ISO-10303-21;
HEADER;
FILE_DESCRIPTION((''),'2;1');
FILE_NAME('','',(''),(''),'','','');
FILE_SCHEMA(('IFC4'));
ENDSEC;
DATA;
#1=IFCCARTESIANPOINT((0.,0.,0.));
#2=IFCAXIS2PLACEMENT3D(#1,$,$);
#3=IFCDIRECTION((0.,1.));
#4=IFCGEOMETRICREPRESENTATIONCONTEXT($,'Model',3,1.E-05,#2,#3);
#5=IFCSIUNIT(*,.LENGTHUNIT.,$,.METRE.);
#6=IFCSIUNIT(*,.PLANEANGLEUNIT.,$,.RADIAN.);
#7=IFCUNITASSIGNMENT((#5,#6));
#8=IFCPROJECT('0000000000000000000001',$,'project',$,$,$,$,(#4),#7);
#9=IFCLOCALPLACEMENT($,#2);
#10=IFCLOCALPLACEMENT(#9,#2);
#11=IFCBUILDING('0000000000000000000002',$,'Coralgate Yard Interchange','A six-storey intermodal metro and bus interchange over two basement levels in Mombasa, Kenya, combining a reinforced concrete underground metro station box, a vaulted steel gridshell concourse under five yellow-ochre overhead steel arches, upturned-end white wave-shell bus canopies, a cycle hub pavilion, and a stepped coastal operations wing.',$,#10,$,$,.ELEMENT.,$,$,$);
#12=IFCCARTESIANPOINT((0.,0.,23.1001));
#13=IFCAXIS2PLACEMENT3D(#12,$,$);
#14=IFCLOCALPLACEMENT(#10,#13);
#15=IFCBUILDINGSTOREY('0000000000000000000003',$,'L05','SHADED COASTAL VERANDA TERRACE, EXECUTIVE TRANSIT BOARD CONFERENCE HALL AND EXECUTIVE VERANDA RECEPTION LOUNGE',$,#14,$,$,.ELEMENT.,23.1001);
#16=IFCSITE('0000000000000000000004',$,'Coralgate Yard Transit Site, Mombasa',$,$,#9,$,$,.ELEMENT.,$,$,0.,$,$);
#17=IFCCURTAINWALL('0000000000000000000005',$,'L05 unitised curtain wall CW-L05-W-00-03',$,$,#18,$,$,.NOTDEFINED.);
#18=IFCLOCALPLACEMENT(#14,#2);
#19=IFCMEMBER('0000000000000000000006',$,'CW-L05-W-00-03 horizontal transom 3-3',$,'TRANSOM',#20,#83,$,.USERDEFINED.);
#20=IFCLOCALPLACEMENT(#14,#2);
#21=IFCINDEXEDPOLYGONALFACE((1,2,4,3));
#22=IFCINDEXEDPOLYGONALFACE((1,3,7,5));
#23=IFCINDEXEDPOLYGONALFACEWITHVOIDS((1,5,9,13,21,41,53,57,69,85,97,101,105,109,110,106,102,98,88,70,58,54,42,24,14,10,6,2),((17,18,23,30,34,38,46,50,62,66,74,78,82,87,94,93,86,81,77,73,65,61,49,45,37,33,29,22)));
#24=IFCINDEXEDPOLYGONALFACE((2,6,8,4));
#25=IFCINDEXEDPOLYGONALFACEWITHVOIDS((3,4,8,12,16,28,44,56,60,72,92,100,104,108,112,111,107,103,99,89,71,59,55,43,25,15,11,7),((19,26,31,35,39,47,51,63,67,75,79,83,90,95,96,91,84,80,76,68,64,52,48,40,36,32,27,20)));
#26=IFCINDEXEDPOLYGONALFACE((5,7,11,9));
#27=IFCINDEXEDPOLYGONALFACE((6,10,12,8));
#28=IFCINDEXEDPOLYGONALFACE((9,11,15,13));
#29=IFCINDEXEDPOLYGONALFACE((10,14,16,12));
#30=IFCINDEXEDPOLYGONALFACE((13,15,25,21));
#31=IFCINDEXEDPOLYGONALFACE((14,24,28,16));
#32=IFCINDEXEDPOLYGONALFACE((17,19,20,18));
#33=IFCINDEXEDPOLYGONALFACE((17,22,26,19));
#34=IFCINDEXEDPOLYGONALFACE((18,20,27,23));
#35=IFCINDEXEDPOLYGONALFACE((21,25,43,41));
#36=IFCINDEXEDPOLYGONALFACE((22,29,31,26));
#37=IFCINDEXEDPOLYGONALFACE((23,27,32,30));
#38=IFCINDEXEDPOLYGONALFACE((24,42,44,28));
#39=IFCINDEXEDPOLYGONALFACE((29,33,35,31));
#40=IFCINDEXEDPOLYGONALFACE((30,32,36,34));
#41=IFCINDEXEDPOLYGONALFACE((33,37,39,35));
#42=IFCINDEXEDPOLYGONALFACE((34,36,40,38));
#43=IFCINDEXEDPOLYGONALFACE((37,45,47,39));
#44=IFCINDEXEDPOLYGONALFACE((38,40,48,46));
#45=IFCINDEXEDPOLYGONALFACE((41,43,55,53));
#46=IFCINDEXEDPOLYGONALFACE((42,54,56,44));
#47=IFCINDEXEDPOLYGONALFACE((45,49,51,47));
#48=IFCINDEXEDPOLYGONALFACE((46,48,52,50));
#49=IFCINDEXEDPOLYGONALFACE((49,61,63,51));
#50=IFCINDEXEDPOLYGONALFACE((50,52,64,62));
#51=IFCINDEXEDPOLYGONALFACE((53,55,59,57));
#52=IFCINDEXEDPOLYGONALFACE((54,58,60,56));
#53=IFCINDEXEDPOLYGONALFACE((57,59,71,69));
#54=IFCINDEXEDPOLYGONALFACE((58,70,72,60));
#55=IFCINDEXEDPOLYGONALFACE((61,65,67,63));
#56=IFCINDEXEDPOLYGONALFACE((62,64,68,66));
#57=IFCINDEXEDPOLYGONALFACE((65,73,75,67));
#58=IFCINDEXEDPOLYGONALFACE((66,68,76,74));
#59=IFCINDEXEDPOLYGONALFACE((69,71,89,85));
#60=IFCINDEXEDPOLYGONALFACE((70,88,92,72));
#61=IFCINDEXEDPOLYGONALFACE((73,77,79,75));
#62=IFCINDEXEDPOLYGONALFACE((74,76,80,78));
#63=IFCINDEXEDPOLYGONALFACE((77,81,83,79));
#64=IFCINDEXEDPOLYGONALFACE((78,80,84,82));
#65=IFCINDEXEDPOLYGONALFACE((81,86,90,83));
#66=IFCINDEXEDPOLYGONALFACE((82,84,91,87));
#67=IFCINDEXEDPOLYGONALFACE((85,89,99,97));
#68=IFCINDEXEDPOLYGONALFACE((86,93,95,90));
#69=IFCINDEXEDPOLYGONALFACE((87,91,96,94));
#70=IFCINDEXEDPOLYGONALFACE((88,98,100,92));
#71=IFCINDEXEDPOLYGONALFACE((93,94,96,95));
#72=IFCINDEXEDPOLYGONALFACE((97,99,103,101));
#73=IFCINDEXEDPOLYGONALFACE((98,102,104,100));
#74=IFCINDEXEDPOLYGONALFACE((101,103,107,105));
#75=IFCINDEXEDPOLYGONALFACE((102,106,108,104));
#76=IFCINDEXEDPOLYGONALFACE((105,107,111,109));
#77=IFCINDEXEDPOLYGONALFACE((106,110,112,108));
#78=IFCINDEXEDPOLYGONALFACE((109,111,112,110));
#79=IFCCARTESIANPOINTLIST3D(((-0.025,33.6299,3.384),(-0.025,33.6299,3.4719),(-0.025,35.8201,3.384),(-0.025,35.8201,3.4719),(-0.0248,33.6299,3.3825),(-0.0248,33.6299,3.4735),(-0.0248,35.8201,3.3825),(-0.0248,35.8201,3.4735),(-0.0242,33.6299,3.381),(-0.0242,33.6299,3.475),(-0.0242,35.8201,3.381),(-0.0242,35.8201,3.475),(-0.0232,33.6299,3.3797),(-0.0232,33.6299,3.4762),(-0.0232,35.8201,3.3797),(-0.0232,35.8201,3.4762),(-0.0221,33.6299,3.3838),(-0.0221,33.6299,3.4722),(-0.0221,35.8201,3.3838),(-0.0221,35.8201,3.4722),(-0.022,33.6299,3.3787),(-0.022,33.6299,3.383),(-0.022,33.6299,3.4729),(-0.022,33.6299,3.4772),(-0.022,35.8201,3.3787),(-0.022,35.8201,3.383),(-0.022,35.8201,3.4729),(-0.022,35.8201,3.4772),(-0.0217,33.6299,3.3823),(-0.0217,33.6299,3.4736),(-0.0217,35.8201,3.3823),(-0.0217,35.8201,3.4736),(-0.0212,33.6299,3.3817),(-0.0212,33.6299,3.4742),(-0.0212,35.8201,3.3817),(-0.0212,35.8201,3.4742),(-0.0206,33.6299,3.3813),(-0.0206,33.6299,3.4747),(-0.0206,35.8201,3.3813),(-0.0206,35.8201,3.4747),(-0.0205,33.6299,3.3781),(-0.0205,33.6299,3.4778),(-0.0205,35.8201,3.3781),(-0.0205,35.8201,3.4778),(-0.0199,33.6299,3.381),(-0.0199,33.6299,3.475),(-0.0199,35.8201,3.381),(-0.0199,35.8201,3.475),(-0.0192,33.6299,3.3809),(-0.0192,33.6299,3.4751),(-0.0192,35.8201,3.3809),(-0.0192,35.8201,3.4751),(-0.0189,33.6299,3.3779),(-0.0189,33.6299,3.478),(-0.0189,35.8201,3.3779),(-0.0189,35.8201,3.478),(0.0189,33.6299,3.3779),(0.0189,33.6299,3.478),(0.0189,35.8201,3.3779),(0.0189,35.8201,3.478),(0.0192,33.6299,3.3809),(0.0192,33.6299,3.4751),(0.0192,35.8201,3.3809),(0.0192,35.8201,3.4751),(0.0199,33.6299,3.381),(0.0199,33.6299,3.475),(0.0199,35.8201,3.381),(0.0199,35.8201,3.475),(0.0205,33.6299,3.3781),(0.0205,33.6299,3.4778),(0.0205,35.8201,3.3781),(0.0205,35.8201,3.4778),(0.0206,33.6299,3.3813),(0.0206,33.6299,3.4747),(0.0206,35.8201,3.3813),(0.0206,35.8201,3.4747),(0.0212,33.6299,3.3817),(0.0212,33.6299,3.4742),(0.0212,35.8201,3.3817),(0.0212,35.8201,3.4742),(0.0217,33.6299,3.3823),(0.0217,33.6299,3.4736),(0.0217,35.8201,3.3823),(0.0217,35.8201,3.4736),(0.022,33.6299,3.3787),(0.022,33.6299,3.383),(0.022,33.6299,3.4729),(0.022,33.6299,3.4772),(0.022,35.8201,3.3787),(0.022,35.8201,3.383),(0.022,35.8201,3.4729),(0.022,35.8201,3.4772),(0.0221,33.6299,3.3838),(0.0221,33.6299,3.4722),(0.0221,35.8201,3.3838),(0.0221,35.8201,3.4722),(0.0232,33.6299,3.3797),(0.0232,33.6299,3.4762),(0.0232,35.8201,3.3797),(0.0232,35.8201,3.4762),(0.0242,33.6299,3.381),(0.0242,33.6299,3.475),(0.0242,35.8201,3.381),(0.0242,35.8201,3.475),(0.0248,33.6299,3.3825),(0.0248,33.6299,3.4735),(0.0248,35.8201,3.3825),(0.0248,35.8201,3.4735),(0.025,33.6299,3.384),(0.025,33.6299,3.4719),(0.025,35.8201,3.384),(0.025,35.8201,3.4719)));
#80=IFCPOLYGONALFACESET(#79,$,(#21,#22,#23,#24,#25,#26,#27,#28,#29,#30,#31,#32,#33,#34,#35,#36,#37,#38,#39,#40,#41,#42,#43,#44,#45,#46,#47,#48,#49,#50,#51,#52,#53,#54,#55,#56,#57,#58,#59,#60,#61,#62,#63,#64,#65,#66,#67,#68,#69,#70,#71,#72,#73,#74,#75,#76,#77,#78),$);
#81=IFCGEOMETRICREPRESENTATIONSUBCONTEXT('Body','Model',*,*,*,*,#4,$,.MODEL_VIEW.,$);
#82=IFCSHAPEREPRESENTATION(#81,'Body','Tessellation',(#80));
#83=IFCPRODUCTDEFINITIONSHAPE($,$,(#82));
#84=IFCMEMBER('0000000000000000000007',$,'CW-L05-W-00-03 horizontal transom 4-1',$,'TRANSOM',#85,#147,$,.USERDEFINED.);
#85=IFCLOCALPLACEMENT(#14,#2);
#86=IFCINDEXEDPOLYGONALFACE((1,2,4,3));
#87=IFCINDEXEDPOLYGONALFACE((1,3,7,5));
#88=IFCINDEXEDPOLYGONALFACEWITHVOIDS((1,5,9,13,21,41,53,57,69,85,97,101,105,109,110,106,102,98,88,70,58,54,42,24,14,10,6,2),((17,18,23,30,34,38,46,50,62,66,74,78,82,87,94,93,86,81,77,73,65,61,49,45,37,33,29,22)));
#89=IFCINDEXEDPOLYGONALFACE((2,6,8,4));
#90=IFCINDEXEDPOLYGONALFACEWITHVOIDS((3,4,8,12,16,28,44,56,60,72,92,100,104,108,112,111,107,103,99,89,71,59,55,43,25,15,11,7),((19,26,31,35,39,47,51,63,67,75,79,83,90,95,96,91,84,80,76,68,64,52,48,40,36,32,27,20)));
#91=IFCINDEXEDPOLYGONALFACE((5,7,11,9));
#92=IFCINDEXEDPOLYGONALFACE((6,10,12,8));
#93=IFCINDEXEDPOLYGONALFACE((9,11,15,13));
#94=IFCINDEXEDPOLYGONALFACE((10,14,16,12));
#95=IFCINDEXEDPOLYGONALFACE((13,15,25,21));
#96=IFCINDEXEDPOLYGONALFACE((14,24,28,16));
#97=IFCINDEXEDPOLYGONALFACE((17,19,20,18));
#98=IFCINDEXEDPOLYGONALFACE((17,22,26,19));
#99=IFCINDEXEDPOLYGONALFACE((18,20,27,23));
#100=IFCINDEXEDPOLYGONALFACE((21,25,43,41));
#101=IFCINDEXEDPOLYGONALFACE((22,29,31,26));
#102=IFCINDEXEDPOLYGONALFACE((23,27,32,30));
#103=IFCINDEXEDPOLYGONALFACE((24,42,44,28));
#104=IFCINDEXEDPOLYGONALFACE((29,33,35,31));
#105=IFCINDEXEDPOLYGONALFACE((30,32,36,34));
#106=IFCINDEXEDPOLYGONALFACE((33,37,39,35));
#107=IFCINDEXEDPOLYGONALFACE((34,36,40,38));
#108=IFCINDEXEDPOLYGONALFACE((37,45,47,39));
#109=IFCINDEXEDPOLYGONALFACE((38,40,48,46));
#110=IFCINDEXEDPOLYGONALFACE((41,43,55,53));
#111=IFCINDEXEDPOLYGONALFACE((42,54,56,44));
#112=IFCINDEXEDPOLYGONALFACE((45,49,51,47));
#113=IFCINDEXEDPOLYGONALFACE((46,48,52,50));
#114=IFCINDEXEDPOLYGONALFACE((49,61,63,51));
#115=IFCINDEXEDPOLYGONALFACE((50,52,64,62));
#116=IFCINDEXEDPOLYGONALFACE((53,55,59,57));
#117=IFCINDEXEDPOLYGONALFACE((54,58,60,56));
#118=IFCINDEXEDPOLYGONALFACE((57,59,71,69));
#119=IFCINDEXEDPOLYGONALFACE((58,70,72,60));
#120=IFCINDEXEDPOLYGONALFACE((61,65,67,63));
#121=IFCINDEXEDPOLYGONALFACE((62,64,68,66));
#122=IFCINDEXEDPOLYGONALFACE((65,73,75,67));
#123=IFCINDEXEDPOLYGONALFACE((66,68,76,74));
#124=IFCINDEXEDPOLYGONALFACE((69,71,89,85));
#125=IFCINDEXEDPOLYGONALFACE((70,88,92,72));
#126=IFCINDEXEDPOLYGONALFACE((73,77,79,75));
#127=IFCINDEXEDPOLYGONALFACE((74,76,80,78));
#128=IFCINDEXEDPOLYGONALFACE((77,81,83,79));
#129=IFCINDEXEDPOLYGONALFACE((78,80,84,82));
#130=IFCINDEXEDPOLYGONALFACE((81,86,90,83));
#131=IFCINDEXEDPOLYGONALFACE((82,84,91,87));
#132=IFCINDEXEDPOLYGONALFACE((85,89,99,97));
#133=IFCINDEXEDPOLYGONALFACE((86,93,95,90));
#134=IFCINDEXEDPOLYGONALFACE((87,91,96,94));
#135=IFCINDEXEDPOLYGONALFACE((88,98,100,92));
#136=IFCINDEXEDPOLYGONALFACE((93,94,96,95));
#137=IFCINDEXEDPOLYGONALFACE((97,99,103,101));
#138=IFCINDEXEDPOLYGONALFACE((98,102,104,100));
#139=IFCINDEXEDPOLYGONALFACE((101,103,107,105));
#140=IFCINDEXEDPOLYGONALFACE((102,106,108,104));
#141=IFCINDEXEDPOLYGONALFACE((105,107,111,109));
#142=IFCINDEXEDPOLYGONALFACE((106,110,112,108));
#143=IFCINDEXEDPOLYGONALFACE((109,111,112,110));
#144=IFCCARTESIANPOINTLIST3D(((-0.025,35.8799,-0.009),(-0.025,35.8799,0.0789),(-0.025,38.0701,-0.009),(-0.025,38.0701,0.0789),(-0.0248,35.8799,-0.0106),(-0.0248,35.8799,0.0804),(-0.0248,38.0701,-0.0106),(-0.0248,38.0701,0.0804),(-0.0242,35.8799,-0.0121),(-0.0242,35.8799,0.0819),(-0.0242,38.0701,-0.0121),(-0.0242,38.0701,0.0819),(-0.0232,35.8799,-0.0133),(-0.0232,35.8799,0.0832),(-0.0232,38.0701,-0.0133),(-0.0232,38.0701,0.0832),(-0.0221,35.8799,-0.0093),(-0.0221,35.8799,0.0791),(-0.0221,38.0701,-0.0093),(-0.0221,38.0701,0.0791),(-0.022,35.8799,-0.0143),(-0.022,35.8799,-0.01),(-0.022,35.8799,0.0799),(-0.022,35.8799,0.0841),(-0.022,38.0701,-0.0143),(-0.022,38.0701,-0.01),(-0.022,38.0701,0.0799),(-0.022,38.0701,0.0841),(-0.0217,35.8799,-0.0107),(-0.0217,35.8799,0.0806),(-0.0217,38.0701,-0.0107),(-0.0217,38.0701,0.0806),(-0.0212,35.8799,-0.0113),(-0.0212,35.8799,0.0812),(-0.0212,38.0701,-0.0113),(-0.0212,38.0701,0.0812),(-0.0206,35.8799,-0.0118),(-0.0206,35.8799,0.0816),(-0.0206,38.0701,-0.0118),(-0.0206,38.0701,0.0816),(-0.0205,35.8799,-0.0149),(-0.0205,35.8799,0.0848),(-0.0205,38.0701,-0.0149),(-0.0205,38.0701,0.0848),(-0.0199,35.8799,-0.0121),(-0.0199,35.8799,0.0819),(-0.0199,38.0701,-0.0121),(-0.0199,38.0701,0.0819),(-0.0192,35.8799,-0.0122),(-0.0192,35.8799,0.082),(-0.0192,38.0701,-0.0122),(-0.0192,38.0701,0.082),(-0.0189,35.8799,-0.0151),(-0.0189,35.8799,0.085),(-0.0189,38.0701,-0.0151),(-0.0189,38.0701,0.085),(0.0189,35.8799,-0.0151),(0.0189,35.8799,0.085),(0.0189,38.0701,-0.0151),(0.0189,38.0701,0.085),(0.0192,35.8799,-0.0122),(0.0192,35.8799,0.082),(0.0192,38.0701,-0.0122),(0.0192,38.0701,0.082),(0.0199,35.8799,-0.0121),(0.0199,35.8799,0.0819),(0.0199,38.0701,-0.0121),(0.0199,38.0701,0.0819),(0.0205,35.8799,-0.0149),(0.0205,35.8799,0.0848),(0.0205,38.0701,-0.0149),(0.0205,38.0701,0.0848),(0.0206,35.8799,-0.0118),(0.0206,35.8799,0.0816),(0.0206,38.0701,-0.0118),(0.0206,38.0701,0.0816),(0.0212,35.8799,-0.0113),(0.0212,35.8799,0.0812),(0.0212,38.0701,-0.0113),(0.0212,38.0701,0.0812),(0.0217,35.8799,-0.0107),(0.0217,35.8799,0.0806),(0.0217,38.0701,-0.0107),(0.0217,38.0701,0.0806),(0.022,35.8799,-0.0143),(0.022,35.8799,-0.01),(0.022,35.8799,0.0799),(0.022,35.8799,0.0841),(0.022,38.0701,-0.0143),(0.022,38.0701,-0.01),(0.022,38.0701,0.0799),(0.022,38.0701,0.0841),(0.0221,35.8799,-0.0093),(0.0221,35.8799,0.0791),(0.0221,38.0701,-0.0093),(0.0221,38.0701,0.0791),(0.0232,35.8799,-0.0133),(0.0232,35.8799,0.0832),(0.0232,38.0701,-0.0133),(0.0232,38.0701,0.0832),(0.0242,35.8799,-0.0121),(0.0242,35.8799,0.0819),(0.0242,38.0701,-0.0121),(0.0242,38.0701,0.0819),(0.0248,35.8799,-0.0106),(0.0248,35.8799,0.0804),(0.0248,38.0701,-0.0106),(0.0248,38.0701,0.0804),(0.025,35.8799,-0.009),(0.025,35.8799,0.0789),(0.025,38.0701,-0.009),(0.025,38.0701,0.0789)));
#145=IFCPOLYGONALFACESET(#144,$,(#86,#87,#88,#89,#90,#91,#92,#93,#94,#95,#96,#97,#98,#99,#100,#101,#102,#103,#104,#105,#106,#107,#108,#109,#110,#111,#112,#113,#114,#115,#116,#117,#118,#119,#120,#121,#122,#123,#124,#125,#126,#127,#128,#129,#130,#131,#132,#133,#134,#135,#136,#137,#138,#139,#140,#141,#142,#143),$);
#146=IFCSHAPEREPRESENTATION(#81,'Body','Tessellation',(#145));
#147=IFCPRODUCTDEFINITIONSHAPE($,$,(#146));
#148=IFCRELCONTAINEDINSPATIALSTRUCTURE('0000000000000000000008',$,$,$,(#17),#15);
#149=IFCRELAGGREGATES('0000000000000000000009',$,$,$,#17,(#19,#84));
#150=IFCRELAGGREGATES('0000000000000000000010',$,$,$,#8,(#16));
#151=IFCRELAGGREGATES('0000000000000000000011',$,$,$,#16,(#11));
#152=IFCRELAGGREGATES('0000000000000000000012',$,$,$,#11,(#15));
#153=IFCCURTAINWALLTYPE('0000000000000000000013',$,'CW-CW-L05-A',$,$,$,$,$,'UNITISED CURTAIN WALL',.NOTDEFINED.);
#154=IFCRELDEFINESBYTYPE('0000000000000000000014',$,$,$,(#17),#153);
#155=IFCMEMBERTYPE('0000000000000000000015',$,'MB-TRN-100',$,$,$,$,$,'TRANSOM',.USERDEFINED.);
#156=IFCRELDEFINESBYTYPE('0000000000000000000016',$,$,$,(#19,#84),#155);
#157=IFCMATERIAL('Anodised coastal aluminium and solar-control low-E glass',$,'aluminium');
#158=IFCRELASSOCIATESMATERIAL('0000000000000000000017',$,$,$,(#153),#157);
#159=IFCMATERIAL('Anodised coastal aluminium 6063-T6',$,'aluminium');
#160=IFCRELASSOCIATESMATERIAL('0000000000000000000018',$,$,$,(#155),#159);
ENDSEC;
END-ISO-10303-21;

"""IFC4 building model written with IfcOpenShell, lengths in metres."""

from ifc_helpers import new_model, si_unit, direction, frame, origin, origin_2d, place, context, subcontext, project, spatial, hollow_rectangle, extrude, material, material_profile, profile_set, type_object, element, aggregate, save


model = new_model("IFC4")

# Units and contexts
model_context = context("Model", 3, precision=1e-05, world=origin(), true_north=direction((0.0, 1.0)))
body_context = subcontext(model_context, "Body", "Model", "MODEL_VIEW")
ifc_project = project(units=[si_unit("LENGTHUNIT", "METRE"), si_unit("PLANEANGLEUNIT", "RADIAN")], contexts=[model_context])

# Site, building, storey
site_placement = place(None, origin())
site = spatial("IfcSite", under=ifc_project, at=site_placement, Name="Coralgate Yard Transit Site, Mombasa", CompositionType="ELEMENT", RefElevation=0.0)
building_placement = place(site_placement, origin())
building = spatial("IfcBuilding", under=site, at=building_placement, Name="Coralgate Yard Interchange", Description="A six-storey intermodal metro and bus interchange over two basement levels in Mombasa, Kenya, combining a reinforced concrete underground metro station box, a vaulted steel gridshell concourse under five yellow-ochre overhead steel arches, upturned-end white wave-shell bus canopies, a cycle hub pavilion, and a stepped coastal operations wing.", CompositionType="ELEMENT")
storey_placement = place(building_placement, frame((0.0, 0.0, 23.1001)))
storey = spatial("IfcBuildingStorey", under=building, at=storey_placement, Name="L05", Description="SHADED COASTAL VERANDA TERRACE, EXECUTIVE TRANSIT BOARD CONFERENCE HALL AND EXECUTIVE VERANDA RECEPTION LOUNGE", CompositionType="ELEMENT", Elevation=23.1001)

# Curtain wall
ifc_material_1 = material(Name="Anodised coastal aluminium and solar-control low-E glass", Category="aluminium")
curtain_wall_type = type_object("IfcCurtainWallType", Name="CW-CW-L05-A", ElementType="UNITISED CURTAIN WALL", PredefinedType="NOTDEFINED", material=ifc_material_1)
curtain_wall_1_placement = place(storey_placement, origin())
curtain_wall_1 = element("IfcCurtainWall", 1, at=curtain_wall_1_placement, inside=storey, type_object=curtain_wall_type, Name="L05 unitised curtain wall CW-L05-W-00-03", PredefinedType="NOTDEFINED")
ifc_material_2 = material(Name="Anodised coastal aluminium 6063-T6", Category="aluminium")

# Members
ifc_material_profile_1 = material_profile(ifc_material_2, hollow_rectangle(XDim=0.05, YDim=0.1001, WallThickness=0.0029, InnerFilletRadius=0.0029, OuterFilletRadius=0.0061, at=origin_2d()), Name="ALU 50x100x3")
ifc_profile_set_1 = profile_set([ifc_material_profile_1], Name="Anodised coastal aluminium 6063-T6")
member_type_1 = type_object("IfcMemberType", Name="MB-TRN-100", ElementType="TRANSOM", PredefinedType="USERDEFINED", material=ifc_profile_set_1)
member_1_placement = place(storey_placement, frame((0.0, 33.6299, 3.428), z_axis=(0.0, 1.0, 0.0), x_axis=(-1.0, 0.0, 0.0)))
member_1 = element("IfcMember", 2, at=member_1_placement, type_object=member_type_1, Name="CW-L05-W-00-03 horizontal transom 3-3", ObjectType="TRANSOM", PredefinedType="USERDEFINED", context=body_context, shape_type="SweptSolid", body=[
    extrude(hollow_rectangle(XDim=0.05, YDim=0.1001, WallThickness=0.0029, InnerFilletRadius=0.0029, OuterFilletRadius=0.0061, at=origin_2d()), origin(), (0.0, 0.0, 1.0), 2.1902),
])
member_2_placement = place(storey_placement, frame((0.0, 35.8799, 0.0349), z_axis=(0.0, 1.0, 0.0), x_axis=(-1.0, 0.0, 0.0)))
member_2 = element("IfcMember", 3, at=member_2_placement, type_object=member_type_1, Name="CW-L05-W-00-03 horizontal transom 4-1", ObjectType="TRANSOM", PredefinedType="USERDEFINED", context=body_context, shape_type="SweptSolid", body=[
    extrude(hollow_rectangle(XDim=0.05, YDim=0.1001, WallThickness=0.0029, InnerFilletRadius=0.0029, OuterFilletRadius=0.0061, at=origin_2d()), origin(), (0.0, 0.0, 1.0), 2.1902),
])

aggregate(curtain_wall_1, [member_1, member_2])

save(model, "model.ifc")
